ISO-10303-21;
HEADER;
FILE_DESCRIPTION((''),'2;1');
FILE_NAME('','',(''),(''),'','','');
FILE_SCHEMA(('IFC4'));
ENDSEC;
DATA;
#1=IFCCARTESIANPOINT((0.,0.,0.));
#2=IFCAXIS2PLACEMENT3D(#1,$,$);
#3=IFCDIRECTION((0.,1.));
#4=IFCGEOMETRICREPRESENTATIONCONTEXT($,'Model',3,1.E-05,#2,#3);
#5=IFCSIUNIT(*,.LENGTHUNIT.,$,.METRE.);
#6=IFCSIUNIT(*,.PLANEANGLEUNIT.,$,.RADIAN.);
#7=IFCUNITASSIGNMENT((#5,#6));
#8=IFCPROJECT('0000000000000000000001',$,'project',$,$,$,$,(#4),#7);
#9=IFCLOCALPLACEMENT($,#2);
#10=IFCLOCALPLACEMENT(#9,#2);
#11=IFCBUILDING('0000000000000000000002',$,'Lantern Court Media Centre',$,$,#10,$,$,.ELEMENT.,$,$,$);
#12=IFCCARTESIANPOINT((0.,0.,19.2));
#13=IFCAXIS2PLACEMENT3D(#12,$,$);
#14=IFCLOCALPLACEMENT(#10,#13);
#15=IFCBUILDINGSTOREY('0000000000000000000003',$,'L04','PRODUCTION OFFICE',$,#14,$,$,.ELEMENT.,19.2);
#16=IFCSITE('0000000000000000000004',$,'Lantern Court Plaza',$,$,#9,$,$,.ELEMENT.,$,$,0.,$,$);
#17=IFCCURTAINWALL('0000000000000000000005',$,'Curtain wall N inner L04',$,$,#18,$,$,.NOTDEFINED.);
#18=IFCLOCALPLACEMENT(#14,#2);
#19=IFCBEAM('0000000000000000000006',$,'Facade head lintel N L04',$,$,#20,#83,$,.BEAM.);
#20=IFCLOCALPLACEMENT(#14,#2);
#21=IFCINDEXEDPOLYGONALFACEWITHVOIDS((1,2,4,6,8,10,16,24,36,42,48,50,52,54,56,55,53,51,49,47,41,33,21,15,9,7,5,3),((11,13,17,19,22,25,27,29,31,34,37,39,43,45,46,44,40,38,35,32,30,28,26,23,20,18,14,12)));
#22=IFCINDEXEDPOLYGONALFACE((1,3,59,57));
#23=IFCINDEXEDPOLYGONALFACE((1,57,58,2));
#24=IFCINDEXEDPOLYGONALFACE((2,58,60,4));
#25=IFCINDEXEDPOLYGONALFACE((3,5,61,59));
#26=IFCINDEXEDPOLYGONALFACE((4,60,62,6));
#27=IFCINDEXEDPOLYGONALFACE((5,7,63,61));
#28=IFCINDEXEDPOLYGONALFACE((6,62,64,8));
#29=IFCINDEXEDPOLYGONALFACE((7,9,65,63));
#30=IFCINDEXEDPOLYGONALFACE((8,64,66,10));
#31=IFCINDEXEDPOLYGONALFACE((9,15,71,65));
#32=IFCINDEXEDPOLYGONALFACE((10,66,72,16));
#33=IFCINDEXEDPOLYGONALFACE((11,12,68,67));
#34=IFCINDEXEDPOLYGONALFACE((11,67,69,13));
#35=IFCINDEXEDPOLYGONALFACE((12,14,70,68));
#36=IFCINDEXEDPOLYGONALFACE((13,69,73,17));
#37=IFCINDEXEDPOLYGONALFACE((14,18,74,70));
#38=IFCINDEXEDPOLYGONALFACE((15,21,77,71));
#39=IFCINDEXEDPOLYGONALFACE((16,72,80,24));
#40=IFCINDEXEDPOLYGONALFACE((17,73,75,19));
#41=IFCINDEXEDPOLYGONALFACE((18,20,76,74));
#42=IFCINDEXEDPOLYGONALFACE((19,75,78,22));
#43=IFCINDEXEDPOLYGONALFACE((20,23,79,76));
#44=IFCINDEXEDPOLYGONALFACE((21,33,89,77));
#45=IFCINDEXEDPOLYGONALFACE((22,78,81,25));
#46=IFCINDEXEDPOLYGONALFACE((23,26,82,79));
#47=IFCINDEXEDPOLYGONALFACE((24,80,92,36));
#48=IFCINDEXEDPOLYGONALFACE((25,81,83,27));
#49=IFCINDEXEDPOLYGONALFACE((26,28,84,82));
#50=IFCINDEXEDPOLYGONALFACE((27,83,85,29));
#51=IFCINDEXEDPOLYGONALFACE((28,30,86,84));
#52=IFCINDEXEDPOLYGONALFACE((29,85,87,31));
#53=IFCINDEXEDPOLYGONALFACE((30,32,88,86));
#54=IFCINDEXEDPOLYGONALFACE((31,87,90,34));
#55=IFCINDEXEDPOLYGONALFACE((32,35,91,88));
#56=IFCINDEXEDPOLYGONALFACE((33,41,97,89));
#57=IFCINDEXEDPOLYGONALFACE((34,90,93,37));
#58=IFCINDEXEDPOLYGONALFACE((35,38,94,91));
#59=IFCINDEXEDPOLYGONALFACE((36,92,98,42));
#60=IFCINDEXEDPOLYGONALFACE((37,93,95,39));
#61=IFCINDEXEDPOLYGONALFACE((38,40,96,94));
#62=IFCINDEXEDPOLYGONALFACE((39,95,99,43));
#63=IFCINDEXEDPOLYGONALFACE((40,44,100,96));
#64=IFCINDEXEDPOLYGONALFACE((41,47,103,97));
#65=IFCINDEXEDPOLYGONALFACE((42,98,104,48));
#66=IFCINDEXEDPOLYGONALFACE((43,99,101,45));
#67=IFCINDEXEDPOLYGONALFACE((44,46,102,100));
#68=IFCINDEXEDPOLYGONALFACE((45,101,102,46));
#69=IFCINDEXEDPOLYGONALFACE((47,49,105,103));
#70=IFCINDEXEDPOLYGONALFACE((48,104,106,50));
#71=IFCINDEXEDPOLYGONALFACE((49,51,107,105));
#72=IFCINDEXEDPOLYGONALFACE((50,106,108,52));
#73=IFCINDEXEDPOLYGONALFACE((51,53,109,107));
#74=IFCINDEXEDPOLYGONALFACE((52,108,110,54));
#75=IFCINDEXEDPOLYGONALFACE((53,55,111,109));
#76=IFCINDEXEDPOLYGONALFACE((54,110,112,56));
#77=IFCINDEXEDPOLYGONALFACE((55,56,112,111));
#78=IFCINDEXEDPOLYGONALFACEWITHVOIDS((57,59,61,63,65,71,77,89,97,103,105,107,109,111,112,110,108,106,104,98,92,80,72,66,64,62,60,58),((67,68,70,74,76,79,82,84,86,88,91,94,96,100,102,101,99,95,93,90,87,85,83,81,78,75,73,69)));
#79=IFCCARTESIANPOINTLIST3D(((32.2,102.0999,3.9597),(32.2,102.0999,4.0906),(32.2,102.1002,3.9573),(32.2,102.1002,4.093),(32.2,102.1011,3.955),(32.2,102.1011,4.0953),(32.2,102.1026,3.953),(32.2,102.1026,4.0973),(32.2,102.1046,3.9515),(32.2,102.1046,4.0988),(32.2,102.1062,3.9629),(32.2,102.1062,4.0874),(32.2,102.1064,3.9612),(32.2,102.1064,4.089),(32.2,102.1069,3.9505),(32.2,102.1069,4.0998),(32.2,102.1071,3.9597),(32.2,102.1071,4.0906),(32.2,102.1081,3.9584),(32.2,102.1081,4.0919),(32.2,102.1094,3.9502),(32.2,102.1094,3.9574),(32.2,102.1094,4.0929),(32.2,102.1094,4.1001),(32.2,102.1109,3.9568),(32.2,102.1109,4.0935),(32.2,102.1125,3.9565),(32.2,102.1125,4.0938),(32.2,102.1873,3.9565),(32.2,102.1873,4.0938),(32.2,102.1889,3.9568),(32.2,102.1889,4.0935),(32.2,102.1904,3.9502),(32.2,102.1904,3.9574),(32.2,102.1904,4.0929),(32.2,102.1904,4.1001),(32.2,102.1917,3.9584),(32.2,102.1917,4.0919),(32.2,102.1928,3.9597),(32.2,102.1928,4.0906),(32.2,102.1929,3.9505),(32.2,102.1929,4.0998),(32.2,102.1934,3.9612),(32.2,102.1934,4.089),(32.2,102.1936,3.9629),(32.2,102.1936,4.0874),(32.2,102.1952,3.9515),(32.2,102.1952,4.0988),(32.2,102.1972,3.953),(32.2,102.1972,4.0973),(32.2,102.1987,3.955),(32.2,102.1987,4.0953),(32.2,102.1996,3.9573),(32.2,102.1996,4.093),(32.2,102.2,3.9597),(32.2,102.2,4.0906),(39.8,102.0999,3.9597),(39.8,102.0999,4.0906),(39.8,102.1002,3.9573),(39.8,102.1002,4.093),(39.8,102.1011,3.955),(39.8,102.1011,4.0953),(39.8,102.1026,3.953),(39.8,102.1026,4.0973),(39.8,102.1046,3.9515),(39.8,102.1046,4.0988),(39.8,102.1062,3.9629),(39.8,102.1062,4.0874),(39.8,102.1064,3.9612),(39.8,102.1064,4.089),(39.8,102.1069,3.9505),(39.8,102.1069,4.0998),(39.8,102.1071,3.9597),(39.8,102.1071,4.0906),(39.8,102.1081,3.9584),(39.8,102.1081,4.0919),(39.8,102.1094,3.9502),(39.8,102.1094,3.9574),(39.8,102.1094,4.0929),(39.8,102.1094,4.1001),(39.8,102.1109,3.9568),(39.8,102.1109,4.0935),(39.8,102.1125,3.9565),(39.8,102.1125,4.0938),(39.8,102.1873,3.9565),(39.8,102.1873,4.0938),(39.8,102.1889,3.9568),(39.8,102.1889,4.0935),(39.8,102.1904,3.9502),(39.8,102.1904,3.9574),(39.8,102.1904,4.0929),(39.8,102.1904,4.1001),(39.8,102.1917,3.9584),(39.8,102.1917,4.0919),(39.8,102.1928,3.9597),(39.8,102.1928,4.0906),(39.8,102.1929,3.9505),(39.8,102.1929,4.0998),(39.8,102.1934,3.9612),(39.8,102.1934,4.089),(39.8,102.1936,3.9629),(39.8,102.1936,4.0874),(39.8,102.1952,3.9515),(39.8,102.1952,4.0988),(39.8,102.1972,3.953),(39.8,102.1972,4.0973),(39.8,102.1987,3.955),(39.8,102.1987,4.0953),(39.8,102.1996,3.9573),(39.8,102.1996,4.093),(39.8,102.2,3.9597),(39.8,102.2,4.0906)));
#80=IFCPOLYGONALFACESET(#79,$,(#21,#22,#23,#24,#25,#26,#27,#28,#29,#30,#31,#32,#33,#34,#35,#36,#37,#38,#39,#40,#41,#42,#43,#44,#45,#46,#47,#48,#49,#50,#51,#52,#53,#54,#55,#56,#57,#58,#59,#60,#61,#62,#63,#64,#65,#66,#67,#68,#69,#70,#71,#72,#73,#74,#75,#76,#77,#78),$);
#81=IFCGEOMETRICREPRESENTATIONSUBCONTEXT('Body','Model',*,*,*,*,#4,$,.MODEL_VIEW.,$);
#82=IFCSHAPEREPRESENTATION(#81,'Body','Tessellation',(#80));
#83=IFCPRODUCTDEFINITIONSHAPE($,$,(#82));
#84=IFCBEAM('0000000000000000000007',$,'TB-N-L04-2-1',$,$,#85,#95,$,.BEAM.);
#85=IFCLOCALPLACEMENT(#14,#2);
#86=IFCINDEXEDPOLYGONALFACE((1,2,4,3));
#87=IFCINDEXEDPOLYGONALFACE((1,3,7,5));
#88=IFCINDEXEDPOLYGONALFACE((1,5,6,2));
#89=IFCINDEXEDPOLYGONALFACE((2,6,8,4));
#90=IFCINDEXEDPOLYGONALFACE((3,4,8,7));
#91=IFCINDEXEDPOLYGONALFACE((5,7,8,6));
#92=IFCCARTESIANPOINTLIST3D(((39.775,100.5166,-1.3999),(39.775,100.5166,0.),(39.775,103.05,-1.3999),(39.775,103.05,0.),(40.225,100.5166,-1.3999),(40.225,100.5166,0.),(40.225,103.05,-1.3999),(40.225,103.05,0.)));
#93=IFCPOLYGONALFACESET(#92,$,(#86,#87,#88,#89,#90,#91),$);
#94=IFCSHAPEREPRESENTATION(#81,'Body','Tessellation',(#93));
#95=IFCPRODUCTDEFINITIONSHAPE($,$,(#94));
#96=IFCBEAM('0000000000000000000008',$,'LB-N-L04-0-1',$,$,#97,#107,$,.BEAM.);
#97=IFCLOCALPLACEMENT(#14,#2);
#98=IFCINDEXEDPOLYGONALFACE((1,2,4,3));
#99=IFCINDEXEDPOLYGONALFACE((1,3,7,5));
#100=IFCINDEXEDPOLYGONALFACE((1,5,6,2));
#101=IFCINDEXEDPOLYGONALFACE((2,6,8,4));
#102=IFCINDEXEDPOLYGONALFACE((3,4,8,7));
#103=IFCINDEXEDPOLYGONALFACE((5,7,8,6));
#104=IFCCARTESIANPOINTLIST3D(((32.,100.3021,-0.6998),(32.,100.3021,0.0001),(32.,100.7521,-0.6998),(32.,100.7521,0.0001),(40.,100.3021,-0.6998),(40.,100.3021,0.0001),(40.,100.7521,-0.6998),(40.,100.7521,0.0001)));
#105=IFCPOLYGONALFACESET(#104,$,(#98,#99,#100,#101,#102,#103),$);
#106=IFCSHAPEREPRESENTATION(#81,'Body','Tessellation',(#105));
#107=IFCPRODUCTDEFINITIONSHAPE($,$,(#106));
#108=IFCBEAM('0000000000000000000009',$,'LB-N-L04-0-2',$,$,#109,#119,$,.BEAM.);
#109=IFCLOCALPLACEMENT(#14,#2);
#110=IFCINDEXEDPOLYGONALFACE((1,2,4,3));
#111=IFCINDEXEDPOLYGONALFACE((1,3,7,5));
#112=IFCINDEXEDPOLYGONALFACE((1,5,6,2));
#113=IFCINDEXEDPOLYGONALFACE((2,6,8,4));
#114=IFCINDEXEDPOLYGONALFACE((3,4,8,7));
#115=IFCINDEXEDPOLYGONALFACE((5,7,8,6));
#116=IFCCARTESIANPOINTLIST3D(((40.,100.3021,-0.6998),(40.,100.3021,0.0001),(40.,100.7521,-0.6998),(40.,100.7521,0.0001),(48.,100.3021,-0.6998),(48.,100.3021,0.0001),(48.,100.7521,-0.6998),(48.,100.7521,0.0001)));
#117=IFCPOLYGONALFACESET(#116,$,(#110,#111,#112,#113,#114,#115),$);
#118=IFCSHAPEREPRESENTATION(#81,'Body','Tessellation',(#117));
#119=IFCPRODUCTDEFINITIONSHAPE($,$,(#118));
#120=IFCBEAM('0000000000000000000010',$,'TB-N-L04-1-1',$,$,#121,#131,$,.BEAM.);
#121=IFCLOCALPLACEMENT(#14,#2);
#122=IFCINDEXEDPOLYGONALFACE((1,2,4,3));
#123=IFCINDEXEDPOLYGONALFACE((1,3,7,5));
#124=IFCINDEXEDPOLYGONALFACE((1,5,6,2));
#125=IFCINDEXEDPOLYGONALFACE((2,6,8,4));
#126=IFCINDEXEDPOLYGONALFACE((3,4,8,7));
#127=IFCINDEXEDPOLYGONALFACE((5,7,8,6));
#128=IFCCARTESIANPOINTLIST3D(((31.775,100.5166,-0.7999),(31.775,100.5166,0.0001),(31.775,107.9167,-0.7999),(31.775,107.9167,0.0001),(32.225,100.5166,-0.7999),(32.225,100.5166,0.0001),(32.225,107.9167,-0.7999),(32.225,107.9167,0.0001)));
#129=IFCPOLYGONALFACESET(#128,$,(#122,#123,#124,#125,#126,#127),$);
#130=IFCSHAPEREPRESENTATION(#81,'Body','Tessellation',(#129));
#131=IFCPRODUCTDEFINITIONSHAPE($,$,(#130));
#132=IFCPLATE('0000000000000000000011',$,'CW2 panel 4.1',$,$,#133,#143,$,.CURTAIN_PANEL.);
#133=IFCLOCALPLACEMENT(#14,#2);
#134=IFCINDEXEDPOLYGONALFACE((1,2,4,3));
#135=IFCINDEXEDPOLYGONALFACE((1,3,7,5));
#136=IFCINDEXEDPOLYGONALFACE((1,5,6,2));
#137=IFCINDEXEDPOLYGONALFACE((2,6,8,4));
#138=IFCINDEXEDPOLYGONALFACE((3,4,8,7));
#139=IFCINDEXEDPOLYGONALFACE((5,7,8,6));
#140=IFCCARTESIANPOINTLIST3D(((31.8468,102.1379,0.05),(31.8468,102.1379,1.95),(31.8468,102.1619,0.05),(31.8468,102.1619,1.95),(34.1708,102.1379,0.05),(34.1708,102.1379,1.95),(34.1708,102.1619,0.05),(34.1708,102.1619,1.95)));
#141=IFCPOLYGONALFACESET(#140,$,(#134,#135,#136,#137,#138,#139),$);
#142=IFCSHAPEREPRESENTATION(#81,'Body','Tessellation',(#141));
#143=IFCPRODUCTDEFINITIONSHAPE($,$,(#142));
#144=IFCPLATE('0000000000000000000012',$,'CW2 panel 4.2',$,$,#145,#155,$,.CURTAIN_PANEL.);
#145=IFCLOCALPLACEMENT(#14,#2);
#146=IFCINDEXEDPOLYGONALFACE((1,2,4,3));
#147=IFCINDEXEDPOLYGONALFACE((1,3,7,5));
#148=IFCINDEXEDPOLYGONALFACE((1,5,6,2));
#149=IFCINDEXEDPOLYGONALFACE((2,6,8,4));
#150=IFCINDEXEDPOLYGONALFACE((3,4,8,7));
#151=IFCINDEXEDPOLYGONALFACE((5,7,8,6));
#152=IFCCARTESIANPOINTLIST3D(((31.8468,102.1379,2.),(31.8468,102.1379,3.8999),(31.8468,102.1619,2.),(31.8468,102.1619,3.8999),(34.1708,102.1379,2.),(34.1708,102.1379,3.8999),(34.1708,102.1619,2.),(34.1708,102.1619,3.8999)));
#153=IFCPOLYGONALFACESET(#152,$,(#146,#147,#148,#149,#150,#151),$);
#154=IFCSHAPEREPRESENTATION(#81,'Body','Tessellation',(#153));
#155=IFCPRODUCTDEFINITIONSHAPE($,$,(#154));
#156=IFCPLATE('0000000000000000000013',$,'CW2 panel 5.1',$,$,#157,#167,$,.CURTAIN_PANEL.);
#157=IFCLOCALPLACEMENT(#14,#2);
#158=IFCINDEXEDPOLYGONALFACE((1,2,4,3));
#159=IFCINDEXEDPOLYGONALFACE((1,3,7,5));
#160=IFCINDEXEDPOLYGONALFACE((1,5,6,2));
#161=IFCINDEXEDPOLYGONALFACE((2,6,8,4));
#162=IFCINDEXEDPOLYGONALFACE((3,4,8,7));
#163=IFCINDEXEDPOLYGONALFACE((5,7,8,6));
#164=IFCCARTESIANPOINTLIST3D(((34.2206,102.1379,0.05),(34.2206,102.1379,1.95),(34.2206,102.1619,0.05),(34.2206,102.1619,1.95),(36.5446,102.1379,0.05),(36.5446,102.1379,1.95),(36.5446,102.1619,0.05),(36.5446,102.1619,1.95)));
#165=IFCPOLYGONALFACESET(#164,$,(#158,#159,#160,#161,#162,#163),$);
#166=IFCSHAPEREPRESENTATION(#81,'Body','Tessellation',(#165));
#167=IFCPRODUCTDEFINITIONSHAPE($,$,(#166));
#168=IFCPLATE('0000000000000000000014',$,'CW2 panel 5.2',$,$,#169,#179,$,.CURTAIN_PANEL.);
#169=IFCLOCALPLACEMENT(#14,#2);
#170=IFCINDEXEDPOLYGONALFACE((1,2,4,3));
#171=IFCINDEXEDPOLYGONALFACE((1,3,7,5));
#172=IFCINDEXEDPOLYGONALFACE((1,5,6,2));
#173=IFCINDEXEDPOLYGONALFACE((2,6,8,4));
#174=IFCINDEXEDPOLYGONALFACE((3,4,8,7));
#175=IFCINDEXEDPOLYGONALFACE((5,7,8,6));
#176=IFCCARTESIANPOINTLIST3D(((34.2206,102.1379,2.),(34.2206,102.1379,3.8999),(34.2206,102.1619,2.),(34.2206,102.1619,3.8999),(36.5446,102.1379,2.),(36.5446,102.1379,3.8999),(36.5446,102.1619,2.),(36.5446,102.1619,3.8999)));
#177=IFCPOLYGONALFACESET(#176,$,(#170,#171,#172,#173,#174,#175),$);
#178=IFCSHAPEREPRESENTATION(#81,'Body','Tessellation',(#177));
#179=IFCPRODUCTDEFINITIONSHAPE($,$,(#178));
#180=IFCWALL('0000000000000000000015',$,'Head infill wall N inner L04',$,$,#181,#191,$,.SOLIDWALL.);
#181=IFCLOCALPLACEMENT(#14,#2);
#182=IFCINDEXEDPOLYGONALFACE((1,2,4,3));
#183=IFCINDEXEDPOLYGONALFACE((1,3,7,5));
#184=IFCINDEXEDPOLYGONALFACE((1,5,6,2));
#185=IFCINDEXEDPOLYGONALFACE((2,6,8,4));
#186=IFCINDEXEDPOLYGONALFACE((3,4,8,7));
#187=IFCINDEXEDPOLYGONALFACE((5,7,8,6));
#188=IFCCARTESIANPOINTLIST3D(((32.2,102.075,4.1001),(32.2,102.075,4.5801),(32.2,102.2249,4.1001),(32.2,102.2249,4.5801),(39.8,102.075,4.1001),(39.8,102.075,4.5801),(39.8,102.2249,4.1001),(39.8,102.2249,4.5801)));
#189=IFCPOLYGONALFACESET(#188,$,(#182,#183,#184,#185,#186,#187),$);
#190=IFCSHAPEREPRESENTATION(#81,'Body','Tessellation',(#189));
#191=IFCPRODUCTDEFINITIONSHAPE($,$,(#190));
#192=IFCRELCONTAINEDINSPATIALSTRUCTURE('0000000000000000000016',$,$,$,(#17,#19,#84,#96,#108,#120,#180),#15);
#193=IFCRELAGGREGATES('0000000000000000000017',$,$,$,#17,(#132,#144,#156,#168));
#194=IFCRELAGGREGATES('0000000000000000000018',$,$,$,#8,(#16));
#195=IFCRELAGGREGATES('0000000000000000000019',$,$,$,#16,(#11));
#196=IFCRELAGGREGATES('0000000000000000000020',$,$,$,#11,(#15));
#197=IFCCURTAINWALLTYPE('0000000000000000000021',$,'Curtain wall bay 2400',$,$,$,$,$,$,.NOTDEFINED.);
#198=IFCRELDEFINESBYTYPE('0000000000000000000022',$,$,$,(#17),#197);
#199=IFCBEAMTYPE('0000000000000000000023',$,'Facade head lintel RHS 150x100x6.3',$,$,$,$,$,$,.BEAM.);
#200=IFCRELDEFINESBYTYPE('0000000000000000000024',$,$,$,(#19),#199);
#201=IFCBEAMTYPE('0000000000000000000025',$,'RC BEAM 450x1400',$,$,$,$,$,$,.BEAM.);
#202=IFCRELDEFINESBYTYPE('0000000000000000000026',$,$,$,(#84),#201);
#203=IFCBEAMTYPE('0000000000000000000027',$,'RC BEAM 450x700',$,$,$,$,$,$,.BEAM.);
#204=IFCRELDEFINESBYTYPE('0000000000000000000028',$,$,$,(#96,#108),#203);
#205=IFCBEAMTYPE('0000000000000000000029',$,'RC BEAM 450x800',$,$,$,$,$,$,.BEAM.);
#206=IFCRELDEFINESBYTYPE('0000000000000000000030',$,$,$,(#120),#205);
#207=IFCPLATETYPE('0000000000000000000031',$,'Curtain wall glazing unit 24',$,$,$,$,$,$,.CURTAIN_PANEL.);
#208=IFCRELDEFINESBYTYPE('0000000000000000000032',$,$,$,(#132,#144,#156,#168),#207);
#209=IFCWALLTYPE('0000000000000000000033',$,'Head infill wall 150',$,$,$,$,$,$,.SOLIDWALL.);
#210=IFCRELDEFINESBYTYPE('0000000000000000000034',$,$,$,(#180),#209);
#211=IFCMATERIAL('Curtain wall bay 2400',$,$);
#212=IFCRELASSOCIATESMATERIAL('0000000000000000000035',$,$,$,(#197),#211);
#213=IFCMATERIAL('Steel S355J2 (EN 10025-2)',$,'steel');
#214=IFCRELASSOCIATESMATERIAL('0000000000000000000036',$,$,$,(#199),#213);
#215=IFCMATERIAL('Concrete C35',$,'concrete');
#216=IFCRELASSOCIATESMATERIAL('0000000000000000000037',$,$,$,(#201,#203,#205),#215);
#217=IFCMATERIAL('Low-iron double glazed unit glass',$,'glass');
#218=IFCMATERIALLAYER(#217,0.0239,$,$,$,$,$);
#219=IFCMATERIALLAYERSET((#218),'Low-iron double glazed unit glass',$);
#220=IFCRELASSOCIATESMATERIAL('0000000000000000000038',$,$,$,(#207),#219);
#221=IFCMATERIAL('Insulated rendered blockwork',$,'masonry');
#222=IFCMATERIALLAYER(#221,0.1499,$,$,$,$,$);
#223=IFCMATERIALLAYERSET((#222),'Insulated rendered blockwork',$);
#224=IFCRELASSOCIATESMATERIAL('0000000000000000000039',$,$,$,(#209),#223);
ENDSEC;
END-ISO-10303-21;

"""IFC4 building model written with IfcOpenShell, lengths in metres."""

from ifc_helpers import new_model, si_unit, direction, frame, frame_2d, origin, origin_2d, place, context, subcontext, project, spatial, rectangle, hollow_rectangle, extrude, material, layer, layer_set, material_profile, profile_set, type_object, element, aggregate, save


model = new_model("IFC4")

# Units and contexts
model_context = context("Model", 3, precision=1e-05, world=origin(), true_north=direction((0.0, 1.0)))
body_context = subcontext(model_context, "Body", "Model", "MODEL_VIEW")
ifc_project = project(units=[si_unit("LENGTHUNIT", "METRE"), si_unit("PLANEANGLEUNIT", "RADIAN")], contexts=[model_context])

# Site, building, storey
site_placement = place(None, origin())
site = spatial("IfcSite", under=ifc_project, at=site_placement, Name="Lantern Court Plaza", CompositionType="ELEMENT", RefElevation=0.0)
building_placement = place(site_placement, origin())
building = spatial("IfcBuilding", under=site, at=building_placement, Name="Lantern Court Media Centre", CompositionType="ELEMENT")
storey_placement = place(building_placement, frame((0.0, 0.0, 19.2)))
storey = spatial("IfcBuildingStorey", under=building, at=storey_placement, Name="L04", Description="PRODUCTION OFFICE", CompositionType="ELEMENT", Elevation=19.2)

# Shared definitions
ifc_material_1 = material(Name="Concrete C35", Category="concrete")

# Curtain wall
ifc_material_2 = material(Name="Curtain wall bay 2400")
curtain_wall_type = type_object("IfcCurtainWallType", Name="Curtain wall bay 2400", PredefinedType="NOTDEFINED", material=ifc_material_2)
curtain_wall_placement = place(storey_placement, origin())
curtain_wall = element("IfcCurtainWall", 1, at=curtain_wall_placement, inside=storey, type_object=curtain_wall_type, Name="Curtain wall N inner L04", PredefinedType="NOTDEFINED")

# Beams
ifc_material_3 = material(Name="Steel S355J2 (EN 10025-2)", Category="steel")
ifc_material_profile_1 = material_profile(ifc_material_3, hollow_rectangle(XDim=0.1001, YDim=0.1499, WallThickness=0.0063, InnerFilletRadius=0.0063, OuterFilletRadius=0.0095, at=origin_2d()), Name="Facade head lintel RHS 150x100x6.3")
ifc_profile_set_1 = profile_set([ifc_material_profile_1], Name="Steel S355J2 (EN 10025-2)")
beam_type_1 = type_object("IfcBeamType", Name="Facade head lintel RHS 150x100x6.3", PredefinedType="BEAM", material=ifc_profile_set_1)
beam_1_placement = place(storey_placement, frame((32.2, 102.1499, 4.0251), z_axis=(1.0, 0.0, 0.0), x_axis=(0.0, 1.0, 0.0)))
element("IfcBeam", 2, at=beam_1_placement, inside=storey, type_object=beam_type_1, Name="Facade head lintel N L04", PredefinedType="BEAM", context=body_context, shape_type="SweptSolid", body=[
    extrude(hollow_rectangle(XDim=0.1001, YDim=0.1499, WallThickness=0.0063, InnerFilletRadius=0.0063, OuterFilletRadius=0.0095, at=origin_2d()), origin(), (0.0, 0.0, 1.0), 7.6001),
])
ifc_material_profile_2 = material_profile(ifc_material_1, rectangle(XDim=0.45, YDim=1.3999, at=origin_2d()), Name="RC 450x1400")
ifc_profile_set_2 = profile_set([ifc_material_profile_2], Name="Concrete C35")
beam_type_2 = type_object("IfcBeamType", Name="RC BEAM 450x1400", PredefinedType="BEAM", material=ifc_profile_set_2)
beam_2_placement = place(storey_placement, frame((40.0, 100.5166, -0.7), z_axis=(0.0, 1.0, 0.0), x_axis=(-1.0, 0.0, 0.0)))
element("IfcBeam", 3, at=beam_2_placement, inside=storey, type_object=beam_type_2, Name="TB-N-L04-2-1", PredefinedType="BEAM", context=body_context, shape_type="SweptSolid", body=[
    extrude(rectangle(XDim=0.45, YDim=1.3999, at=origin_2d()), origin(), (0.0, 0.0, 1.0), 2.5334),
])
ifc_material_profile_3 = material_profile(ifc_material_1, rectangle(XDim=0.45, YDim=0.7, at=origin_2d()), Name="RC 450x700")
ifc_profile_set_3 = profile_set([ifc_material_profile_3], Name="Concrete C35")
beam_type_3 = type_object("IfcBeamType", Name="RC BEAM 450x700", PredefinedType="BEAM", material=ifc_profile_set_3)
for number, where, z_axis, x_axis, name in (
    (4, (32.0, 100.5271, -0.3499), (1.0, 0.0, 0.0), (0.0, 1.0, 0.0), "LB-N-L04-0-1"),
    (5, (40.0, 100.5271, -0.3499), (1.0, 0.0, 0.0), (0.0, 1.0, 0.0), "LB-N-L04-0-2"),
):
    element("IfcBeam", number, at=place(storey_placement, frame(where, z_axis=z_axis, x_axis=x_axis)), inside=storey, type_object=beam_type_3, Name=name, PredefinedType="BEAM", context=body_context, shape_type="SweptSolid", body=[
        extrude(rectangle(XDim=0.45, YDim=0.7, at=origin_2d()), origin(), (0.0, 0.0, 1.0), 8.0),
    ])
ifc_material_profile_4 = material_profile(ifc_material_1, rectangle(XDim=0.45, YDim=0.8, at=origin_2d()), Name="RC 450x800")
ifc_profile_set_4 = profile_set([ifc_material_profile_4], Name="Concrete C35")
beam_type_4 = type_object("IfcBeamType", Name="RC BEAM 450x800", PredefinedType="BEAM", material=ifc_profile_set_4)
beam_3_placement = place(storey_placement, frame((32.0, 100.5166, -0.3999), z_axis=(0.0, 1.0, 0.0), x_axis=(-1.0, 0.0, 0.0)))
element("IfcBeam", 6, at=beam_3_placement, inside=storey, type_object=beam_type_4, Name="TB-N-L04-1-1", PredefinedType="BEAM", context=body_context, shape_type="SweptSolid", body=[
    extrude(rectangle(XDim=0.45, YDim=0.8, at=origin_2d()), origin(), (0.0, 0.0, 1.0), 7.4001),
])

# Plates
ifc_material_4 = material(Name="Low-iron double glazed unit glass", Category="glass")
ifc_layer_1 = layer(ifc_material_4, 0.0239)
ifc_layer_set_1 = layer_set([ifc_layer_1], Name="Low-iron double glazed unit glass")
plate_type = type_object("IfcPlateType", Name="Curtain wall glazing unit 24", PredefinedType="CURTAIN_PANEL", material=ifc_layer_set_1)
plate_1_placement = place(storey_placement, frame((33.0088, 102.1499, 0.05), z_axis=(0.0, 0.0, 1.0), x_axis=(1.0, 0.0, 0.0)))
plate_1 = element("IfcPlate", 7, at=plate_1_placement, type_object=plate_type, Name="CW2 panel 4.1", PredefinedType="CURTAIN_PANEL", context=body_context, shape_type="SweptSolid", body=[
    extrude(rectangle(XDim=2.324, YDim=0.0239, at=origin_2d()), origin(), (0.0, 0.0, 1.0), 1.8999),
])
plate_2_placement = place(storey_placement, frame((33.0088, 102.1499, 2.0), z_axis=(0.0, 0.0, 1.0), x_axis=(1.0, 0.0, 0.0)))
plate_2 = element("IfcPlate", 8, at=plate_2_placement, type_object=plate_type, Name="CW2 panel 4.2", PredefinedType="CURTAIN_PANEL", context=body_context, shape_type="SweptSolid", body=[
    extrude(rectangle(XDim=2.324, YDim=0.0239, at=origin_2d()), origin(), (0.0, 0.0, 1.0), 1.8999),
])
plate_3_placement = place(storey_placement, frame((35.3826, 102.1499, 0.05), z_axis=(0.0, 0.0, 1.0), x_axis=(1.0, 0.0, 0.0)))
plate_3 = element("IfcPlate", 9, at=plate_3_placement, type_object=plate_type, Name="CW2 panel 5.1", PredefinedType="CURTAIN_PANEL", context=body_context, shape_type="SweptSolid", body=[
    extrude(rectangle(XDim=2.324, YDim=0.0239, at=origin_2d()), origin(), (0.0, 0.0, 1.0), 1.8999),
])
plate_4_placement = place(storey_placement, frame((35.3826, 102.1499, 2.0), z_axis=(0.0, 0.0, 1.0), x_axis=(1.0, 0.0, 0.0)))
plate_4 = element("IfcPlate", 10, at=plate_4_placement, type_object=plate_type, Name="CW2 panel 5.2", PredefinedType="CURTAIN_PANEL", context=body_context, shape_type="SweptSolid", body=[
    extrude(rectangle(XDim=2.324, YDim=0.0239, at=origin_2d()), origin(), (0.0, 0.0, 1.0), 1.8999),
])
aggregate(curtain_wall, [plate_1, plate_2, plate_3, plate_4])

# Wall
ifc_material_5 = material(Name="Insulated rendered blockwork", Category="masonry")
ifc_layer_2 = layer(ifc_material_5, 0.1499)
ifc_layer_set_2 = layer_set([ifc_layer_2], Name="Insulated rendered blockwork")
wall_type = type_object("IfcWallType", Name="Head infill wall 150", PredefinedType="SOLIDWALL", material=ifc_layer_set_2)
wall_placement = place(storey_placement, frame((32.2, 102.1499, 4.1001), z_axis=(0.0, 0.0, 1.0), x_axis=(1.0, 0.0, 0.0)))
element("IfcWall", 11, at=wall_placement, inside=storey, type_object=wall_type, Name="Head infill wall N inner L04", PredefinedType="SOLIDWALL", context=body_context, shape_type="SweptSolid", body=[
    extrude(rectangle(XDim=7.6001, YDim=0.1499, at=frame_2d((3.8, 0.0))), origin(), (0.0, 0.0, 1.0), 0.48),
])

save(model, "model.ifc")
